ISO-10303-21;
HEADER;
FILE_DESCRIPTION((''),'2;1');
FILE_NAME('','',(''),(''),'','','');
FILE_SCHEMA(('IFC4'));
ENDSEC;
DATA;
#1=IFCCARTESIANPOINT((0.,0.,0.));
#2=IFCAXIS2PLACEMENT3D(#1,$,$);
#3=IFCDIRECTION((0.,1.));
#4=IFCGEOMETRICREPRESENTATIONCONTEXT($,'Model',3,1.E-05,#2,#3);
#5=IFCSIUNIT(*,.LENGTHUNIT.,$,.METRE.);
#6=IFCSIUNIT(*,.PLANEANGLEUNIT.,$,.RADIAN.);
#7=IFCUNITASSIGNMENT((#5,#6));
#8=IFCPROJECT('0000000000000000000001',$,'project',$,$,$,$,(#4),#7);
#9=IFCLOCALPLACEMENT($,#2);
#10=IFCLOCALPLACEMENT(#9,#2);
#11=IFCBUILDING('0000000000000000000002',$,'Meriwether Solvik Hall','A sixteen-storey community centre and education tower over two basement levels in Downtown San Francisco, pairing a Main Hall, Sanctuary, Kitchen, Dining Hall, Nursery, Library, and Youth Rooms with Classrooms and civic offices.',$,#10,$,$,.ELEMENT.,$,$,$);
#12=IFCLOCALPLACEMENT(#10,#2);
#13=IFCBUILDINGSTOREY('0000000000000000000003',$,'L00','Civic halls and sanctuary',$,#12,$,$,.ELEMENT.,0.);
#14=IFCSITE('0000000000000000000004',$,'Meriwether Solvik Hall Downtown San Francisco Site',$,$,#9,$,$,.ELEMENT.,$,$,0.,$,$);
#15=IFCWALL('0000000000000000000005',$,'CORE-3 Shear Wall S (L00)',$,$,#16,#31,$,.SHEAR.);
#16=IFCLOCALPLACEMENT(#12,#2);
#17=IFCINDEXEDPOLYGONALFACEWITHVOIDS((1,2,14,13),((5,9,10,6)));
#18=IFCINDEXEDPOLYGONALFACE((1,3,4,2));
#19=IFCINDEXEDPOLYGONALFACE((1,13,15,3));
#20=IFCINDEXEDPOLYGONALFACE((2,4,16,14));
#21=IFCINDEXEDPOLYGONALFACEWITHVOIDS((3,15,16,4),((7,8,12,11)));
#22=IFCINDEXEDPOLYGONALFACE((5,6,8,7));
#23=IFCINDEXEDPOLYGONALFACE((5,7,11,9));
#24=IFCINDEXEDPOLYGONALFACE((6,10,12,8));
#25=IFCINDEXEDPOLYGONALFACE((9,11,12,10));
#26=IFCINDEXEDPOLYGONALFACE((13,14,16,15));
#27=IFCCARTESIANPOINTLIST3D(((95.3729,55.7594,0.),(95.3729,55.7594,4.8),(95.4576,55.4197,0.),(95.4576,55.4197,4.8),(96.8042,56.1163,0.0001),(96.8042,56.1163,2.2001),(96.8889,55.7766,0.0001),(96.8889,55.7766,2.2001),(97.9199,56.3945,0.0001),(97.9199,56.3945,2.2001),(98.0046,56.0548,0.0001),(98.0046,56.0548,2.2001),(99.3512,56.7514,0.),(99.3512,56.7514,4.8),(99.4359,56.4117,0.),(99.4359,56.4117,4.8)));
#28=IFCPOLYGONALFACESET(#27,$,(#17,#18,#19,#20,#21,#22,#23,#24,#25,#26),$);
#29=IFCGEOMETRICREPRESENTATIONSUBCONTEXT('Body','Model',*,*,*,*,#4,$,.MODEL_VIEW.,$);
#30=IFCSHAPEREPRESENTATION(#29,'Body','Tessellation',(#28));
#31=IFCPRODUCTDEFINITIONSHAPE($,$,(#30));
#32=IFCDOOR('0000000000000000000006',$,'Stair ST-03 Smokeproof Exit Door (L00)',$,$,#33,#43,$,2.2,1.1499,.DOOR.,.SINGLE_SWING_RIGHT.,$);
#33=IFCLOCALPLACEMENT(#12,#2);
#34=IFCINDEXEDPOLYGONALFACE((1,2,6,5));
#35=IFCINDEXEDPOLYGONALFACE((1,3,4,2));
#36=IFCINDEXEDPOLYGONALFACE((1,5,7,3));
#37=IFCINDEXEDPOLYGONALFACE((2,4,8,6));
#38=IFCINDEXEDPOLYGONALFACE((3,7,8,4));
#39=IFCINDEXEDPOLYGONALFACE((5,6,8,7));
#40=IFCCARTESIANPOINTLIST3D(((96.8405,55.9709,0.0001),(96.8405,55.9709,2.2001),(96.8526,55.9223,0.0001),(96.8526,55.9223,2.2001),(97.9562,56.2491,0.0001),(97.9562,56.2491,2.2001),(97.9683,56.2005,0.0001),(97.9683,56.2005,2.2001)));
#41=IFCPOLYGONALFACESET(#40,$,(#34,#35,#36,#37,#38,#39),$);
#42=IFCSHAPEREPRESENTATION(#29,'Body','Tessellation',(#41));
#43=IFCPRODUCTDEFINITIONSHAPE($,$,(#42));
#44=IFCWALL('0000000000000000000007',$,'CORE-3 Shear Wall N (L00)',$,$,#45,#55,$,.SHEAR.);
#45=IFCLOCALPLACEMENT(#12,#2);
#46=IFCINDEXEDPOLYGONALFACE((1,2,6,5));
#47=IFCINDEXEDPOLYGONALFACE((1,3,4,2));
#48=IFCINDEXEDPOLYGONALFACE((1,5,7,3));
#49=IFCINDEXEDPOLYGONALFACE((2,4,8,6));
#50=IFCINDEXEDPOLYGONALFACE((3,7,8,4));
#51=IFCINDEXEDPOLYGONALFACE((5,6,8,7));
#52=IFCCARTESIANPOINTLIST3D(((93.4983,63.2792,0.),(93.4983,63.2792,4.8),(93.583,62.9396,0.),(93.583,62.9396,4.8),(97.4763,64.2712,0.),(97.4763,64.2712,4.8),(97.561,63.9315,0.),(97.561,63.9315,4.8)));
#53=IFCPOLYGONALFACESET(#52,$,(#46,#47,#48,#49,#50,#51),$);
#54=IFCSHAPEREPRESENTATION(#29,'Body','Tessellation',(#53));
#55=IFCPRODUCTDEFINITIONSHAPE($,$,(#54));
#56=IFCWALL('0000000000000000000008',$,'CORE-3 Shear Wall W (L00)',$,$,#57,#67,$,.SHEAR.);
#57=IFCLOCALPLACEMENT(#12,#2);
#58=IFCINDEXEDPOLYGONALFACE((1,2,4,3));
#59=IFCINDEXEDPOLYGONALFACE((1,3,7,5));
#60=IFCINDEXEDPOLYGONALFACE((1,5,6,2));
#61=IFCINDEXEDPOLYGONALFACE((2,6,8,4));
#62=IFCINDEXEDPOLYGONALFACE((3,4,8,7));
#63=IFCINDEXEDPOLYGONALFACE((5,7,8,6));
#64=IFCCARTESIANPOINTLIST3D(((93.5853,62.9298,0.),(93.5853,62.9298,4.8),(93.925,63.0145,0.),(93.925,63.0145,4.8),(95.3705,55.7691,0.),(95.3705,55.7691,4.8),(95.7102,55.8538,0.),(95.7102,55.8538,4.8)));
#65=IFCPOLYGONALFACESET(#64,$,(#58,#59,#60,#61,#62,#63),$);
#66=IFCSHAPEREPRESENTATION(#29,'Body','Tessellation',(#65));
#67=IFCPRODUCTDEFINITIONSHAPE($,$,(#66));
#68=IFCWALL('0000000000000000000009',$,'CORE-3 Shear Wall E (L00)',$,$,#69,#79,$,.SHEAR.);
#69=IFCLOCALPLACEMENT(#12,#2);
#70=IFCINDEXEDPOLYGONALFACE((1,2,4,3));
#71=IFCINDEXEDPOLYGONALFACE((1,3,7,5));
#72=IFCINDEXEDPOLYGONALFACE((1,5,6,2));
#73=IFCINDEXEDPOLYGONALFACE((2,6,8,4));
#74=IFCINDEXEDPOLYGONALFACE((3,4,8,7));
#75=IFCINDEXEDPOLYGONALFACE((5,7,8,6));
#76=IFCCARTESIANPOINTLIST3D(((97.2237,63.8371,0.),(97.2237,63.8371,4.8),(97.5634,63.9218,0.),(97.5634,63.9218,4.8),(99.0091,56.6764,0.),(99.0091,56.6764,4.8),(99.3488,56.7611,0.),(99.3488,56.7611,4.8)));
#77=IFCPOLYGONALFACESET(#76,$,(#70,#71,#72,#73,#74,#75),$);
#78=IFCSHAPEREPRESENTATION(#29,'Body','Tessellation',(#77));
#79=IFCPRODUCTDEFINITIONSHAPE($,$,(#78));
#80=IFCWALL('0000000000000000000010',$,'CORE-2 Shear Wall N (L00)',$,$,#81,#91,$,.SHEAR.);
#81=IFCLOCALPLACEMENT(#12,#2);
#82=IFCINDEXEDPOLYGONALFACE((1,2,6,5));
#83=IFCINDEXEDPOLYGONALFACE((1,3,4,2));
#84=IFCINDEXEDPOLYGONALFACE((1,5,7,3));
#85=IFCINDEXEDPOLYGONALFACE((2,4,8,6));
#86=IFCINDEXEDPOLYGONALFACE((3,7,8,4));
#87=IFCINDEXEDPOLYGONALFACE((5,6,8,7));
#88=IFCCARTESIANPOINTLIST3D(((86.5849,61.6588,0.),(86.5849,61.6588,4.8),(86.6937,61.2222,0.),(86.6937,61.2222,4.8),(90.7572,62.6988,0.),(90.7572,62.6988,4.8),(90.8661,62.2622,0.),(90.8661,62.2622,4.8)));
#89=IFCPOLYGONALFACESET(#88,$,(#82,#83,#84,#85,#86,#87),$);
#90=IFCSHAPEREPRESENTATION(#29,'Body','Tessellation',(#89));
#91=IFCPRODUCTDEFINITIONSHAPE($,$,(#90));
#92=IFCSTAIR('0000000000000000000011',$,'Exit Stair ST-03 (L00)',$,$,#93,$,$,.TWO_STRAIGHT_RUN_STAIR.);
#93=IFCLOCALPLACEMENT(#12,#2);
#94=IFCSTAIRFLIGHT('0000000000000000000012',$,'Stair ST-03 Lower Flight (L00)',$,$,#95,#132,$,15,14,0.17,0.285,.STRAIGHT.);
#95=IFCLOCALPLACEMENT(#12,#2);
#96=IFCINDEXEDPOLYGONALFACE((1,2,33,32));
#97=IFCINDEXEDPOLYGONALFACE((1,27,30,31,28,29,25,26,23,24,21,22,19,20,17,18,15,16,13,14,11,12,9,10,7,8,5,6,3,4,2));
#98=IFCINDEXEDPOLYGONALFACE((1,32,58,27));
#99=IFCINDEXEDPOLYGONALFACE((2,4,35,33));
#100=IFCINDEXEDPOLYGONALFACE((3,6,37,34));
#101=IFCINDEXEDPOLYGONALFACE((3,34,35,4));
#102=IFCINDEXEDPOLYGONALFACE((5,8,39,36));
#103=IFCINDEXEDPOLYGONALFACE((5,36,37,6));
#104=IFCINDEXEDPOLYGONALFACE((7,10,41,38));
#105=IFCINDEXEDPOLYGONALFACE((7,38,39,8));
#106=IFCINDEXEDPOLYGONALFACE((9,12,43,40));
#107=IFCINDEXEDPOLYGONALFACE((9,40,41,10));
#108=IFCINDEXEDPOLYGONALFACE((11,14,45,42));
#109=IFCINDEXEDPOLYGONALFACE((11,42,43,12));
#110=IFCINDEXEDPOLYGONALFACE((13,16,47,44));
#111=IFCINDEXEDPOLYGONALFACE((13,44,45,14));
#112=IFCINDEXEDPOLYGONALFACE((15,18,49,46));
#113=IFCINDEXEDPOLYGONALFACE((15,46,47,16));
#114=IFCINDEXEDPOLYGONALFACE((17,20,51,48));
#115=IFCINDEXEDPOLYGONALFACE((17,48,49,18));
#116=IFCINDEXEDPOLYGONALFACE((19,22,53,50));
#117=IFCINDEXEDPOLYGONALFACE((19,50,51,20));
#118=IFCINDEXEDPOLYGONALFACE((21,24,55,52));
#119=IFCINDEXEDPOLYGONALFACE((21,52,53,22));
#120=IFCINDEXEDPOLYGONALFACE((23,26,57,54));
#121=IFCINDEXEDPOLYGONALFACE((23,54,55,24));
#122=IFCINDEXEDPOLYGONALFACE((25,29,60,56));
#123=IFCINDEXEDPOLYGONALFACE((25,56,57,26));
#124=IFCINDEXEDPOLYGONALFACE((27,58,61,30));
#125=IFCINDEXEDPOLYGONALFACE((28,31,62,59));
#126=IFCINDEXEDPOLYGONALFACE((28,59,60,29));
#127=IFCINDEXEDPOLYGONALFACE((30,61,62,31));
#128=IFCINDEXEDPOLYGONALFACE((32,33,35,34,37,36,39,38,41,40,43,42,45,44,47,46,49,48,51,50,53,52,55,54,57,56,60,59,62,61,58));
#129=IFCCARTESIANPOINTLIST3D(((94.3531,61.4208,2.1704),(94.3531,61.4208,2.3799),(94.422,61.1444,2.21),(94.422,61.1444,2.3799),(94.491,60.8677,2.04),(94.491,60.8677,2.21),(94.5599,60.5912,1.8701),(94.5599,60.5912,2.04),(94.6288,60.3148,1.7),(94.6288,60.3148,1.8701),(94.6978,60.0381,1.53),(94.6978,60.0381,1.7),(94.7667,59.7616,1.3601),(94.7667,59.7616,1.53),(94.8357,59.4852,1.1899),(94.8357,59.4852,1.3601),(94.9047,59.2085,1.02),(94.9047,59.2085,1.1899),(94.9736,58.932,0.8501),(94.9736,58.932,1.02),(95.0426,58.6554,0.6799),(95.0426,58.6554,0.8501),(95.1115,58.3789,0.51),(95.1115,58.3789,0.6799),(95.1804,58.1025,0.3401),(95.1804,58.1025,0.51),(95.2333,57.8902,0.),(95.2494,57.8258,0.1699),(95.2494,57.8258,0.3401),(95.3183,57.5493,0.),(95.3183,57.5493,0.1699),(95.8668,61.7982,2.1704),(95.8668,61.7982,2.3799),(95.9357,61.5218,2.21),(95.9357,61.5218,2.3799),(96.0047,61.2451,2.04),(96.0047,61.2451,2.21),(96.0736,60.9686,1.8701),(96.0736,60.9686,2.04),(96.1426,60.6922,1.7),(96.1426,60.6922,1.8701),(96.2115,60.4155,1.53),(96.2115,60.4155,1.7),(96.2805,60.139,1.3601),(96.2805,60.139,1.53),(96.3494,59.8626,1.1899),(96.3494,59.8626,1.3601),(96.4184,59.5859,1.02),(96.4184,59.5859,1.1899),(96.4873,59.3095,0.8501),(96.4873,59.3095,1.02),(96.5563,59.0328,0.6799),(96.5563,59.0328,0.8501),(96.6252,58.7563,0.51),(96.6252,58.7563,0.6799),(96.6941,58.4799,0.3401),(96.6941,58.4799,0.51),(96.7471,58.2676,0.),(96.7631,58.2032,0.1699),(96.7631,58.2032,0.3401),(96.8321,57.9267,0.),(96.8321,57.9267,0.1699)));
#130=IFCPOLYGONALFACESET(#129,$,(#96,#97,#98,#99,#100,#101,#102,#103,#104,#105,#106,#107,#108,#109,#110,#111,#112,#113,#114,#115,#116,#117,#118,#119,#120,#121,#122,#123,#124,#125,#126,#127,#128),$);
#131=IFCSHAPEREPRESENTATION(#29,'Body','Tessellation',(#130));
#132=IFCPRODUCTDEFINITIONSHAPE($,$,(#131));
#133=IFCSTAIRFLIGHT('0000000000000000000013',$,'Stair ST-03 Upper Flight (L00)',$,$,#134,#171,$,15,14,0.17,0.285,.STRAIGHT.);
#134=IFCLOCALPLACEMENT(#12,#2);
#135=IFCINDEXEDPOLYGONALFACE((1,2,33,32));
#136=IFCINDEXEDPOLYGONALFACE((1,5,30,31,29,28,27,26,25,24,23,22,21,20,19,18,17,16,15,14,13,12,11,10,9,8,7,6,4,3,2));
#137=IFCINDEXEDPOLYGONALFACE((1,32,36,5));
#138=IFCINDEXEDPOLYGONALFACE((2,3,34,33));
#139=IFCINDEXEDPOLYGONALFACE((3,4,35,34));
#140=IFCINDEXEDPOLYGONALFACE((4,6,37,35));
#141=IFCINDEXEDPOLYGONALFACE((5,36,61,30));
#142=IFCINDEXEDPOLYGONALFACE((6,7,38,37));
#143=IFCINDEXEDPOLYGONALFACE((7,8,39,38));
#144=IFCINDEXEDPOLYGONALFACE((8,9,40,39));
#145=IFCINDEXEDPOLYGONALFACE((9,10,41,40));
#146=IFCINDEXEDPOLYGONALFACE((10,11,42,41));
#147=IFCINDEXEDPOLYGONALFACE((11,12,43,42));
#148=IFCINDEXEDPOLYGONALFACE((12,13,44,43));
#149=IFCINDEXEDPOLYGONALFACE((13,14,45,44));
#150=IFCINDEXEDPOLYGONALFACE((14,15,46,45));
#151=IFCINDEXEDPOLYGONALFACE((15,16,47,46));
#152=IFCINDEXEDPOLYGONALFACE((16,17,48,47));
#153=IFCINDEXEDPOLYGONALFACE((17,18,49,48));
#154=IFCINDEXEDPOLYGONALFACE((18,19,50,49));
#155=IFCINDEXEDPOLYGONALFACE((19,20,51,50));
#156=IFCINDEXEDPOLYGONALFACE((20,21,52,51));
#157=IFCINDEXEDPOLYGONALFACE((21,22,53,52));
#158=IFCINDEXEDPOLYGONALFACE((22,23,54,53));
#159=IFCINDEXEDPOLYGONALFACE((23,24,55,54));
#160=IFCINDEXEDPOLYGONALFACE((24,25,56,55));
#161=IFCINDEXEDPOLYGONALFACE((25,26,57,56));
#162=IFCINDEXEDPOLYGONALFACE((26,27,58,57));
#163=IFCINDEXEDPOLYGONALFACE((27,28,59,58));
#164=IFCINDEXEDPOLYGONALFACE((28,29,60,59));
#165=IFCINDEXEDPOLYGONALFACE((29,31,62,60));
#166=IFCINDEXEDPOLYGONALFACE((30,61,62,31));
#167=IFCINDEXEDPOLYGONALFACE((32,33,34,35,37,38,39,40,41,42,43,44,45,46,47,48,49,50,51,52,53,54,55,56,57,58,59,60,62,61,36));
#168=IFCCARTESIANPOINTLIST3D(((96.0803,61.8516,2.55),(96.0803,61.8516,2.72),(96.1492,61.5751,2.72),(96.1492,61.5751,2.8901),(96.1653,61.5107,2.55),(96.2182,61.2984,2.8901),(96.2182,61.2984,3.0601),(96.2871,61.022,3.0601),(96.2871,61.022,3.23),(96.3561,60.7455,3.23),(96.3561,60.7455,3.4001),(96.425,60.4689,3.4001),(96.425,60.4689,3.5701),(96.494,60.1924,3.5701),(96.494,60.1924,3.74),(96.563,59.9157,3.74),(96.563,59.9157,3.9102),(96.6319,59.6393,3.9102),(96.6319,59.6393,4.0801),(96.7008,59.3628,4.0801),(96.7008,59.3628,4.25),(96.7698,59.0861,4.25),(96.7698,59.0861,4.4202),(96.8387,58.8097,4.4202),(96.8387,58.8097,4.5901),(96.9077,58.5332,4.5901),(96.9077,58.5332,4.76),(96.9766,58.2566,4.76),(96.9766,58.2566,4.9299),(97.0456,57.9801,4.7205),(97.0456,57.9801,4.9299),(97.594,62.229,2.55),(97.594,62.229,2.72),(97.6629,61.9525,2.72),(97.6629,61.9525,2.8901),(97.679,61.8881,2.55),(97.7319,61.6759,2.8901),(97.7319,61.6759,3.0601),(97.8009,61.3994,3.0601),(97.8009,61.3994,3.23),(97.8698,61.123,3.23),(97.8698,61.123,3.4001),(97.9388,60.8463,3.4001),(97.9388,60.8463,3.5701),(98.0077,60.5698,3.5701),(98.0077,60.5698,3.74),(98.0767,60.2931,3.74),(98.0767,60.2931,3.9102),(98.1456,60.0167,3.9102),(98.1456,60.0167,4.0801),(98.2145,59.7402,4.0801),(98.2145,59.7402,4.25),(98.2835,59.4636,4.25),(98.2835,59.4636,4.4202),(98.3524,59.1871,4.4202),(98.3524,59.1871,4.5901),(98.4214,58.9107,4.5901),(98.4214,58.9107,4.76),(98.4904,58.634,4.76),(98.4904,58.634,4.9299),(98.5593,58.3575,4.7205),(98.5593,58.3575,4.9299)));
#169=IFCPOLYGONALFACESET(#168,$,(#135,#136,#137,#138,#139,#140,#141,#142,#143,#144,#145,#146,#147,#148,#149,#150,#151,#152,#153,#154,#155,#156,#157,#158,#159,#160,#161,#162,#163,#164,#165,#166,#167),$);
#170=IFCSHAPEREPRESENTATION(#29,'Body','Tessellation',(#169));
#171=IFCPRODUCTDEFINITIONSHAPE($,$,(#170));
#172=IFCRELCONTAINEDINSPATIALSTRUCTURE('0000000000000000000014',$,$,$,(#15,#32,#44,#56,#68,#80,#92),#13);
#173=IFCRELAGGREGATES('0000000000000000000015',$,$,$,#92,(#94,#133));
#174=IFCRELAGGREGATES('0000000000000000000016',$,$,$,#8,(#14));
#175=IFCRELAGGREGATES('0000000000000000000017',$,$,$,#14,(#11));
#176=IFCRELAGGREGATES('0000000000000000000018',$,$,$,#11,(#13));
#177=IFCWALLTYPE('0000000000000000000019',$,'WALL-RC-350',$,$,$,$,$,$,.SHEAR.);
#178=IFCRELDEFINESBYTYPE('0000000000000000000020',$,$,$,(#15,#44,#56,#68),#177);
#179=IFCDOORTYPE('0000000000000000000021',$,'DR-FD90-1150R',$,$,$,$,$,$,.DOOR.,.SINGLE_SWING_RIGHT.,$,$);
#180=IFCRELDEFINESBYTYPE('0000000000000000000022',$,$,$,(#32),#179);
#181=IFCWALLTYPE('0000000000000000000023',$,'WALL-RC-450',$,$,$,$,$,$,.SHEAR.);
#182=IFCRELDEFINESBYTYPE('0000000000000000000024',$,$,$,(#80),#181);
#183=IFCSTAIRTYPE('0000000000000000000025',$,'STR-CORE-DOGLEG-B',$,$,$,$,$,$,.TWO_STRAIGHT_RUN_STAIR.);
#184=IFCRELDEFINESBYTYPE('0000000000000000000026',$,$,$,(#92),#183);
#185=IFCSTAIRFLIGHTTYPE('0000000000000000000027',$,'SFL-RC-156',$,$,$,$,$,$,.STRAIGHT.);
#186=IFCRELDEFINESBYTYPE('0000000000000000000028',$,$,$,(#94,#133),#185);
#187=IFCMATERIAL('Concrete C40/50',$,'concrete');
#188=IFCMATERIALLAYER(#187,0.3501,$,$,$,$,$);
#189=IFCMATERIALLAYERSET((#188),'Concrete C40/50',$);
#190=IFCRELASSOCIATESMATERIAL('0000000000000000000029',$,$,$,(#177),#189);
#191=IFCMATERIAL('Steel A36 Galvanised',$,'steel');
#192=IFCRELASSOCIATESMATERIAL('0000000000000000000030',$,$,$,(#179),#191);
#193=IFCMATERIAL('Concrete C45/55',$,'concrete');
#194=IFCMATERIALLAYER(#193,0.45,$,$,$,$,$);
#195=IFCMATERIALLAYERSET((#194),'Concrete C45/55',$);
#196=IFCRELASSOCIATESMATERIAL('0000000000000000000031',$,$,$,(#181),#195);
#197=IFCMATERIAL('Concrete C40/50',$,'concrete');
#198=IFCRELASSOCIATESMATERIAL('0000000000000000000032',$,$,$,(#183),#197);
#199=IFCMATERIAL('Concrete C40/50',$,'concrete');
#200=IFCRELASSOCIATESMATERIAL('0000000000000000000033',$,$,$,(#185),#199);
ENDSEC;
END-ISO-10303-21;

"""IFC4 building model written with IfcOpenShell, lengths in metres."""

from ifc_helpers import new_model, si_unit, direction, frame, frame_2d, origin, place, context, subcontext, project, spatial, polyline, rectangle, outline, extrude, material, layer, layer_set, type_object, element, fill, aggregate, save


model = new_model("IFC4")

# Units and contexts
model_context = context("Model", 3, precision=1e-05, world=origin(), true_north=direction((0.0, 1.0)))
body_context = subcontext(model_context, "Body", "Model", "MODEL_VIEW")
ifc_project = project(units=[si_unit("LENGTHUNIT", "METRE"), si_unit("PLANEANGLEUNIT", "RADIAN")], contexts=[model_context])

# Site, building, storey
site_placement = place(None, origin())
site = spatial("IfcSite", under=ifc_project, at=site_placement, Name="Meriwether Solvik Hall Downtown San Francisco Site", CompositionType="ELEMENT", RefElevation=0.0)
building_placement = place(site_placement, origin())
building = spatial("IfcBuilding", under=site, at=building_placement, Name="Meriwether Solvik Hall", Description="A sixteen-storey community centre and education tower over two basement levels in Downtown San Francisco, pairing a Main Hall, Sanctuary, Kitchen, Dining Hall, Nursery, Library, and Youth Rooms with Classrooms and civic offices.", CompositionType="ELEMENT")
storey_placement = place(building_placement, origin())
storey = spatial("IfcBuildingStorey", under=building, at=storey_placement, Name="L00", Description="Civic halls and sanctuary", CompositionType="ELEMENT", Elevation=0.0)

# Wall, opening, door
ifc_material_1 = material(Name="Concrete C40/50", Category="concrete")
ifc_layer_1 = layer(ifc_material_1, 0.3501)
ifc_layer_set_1 = layer_set([ifc_layer_1], Name="Concrete C40/50")
wall_type_1 = type_object("IfcWallType", Name="WALL-RC-350", PredefinedType="SHEAR", material=ifc_layer_set_1)
wall_1_placement = place(storey_placement, frame((99.3936, 56.5815, 0.0), z_axis=(0.0, 0.0, 1.0), x_axis=(-0.970293, -0.241933, 0.0)))
wall_1 = element("IfcWall", 1, at=wall_1_placement, inside=storey, type_object=wall_type_1, Name="CORE-3 Shear Wall S (L00)", PredefinedType="SHEAR", context=body_context, shape_type="SweptSolid", body=[
    extrude(rectangle(XDim=4.1001, YDim=0.3501, at=frame_2d((2.05, 0.0))), origin(), (0.0, 0.0, 1.0), 4.8),
])
opening_1_placement = place(wall_1_placement, frame((1.4751, 0.0, 0.0)))
opening_1 = element("IfcOpeningElement", 2, at=opening_1_placement, cuts=wall_1, PredefinedType="OPENING", context=body_context, shape_type="SweptSolid", body=[
    extrude(rectangle(XDim=1.1499, YDim=2.2, at=frame_2d((0.575, 1.1001))), frame((0.0, 0.187, 0.0), z_axis=(0.0, -1.0, 0.0), x_axis=(1.0, 0.0, 0.0)), (0.0, 0.0, 1.0), 0.374),
])
ifc_material_2 = material(Name="Steel A36 Galvanised", Category="steel")
door_type_1 = type_object("IfcDoorType", Name="DR-FD90-1150R", OperationType="SINGLE_SWING_RIGHT", PredefinedType="DOOR", material=ifc_material_2)
door_1_placement = place(opening_1_placement, origin())
door_1 = element("IfcDoor", 3, at=door_1_placement, inside=storey, type_object=door_type_1, Name="Stair ST-03 Smokeproof Exit Door (L00)", OperationType="SINGLE_SWING_RIGHT", OverallHeight=2.2, OverallWidth=1.1499, PredefinedType="DOOR", context=body_context, shape_type="SweptSolid", body=[
    extrude(rectangle(XDim=1.1499, YDim=2.2, at=frame_2d((0.575, 1.1001))), frame((0.0, 0.0249, 0.0), z_axis=(0.0, -1.0, 0.0), x_axis=(1.0, 0.0, 0.0)), (0.0, 0.0, 1.0), 0.05),
])
fill(opening_1, door_1)

# Walls
wall_2_placement = place(storey_placement, frame((97.5186, 64.1013, 0.0), z_axis=(0.0, 0.0, 1.0), x_axis=(-0.970289, -0.241947, 0.0)))
element("IfcWall", 4, at=wall_2_placement, inside=storey, type_object=wall_type_1, Name="CORE-3 Shear Wall N (L00)", PredefinedType="SHEAR", context=body_context, shape_type="SweptSolid", body=[
    extrude(rectangle(XDim=4.0999, YDim=0.3501, at=frame_2d((2.0498, 0.0))), origin(), (0.0, 0.0, 1.0), 4.8),
])
for number, where, z_axis, x_axis, name in (
    (5, (93.7551, 62.9722, 0.0), (0.0, 0.0, 1.0), (0.241897, -0.970302, 0.0), "CORE-3 Shear Wall W (L00)"),
    (6, (99.179, 56.7188, 0.0), (0.0, 0.0, 1.0), (-0.241928, 0.970294, 0.0), "CORE-3 Shear Wall E (L00)"),
):
    element("IfcWall", number, at=place(storey_placement, frame(where, z_axis=z_axis, x_axis=x_axis)), inside=storey, type_object=wall_type_1, Name=name, PredefinedType="SHEAR", context=body_context, shape_type="SweptSolid", body=[
        extrude(rectangle(XDim=7.3799, YDim=0.3501, at=frame_2d((3.6899, 0.0))), origin(), (0.0, 0.0, 1.0), 4.8),
    ])
ifc_material_3 = material(Name="Concrete C45/55", Category="concrete")
ifc_layer_2 = layer(ifc_material_3, 0.45)
ifc_layer_set_2 = layer_set([ifc_layer_2], Name="Concrete C45/55")
wall_type_2 = type_object("IfcWallType", Name="WALL-RC-450", PredefinedType="SHEAR", material=ifc_layer_set_2)
wall_3_placement = place(storey_placement, frame((90.8115, 62.4805, 0.0), z_axis=(0.0, 0.0, 1.0), x_axis=(-0.970309, -0.241868, 0.0)))
element("IfcWall", 7, at=wall_3_placement, inside=storey, type_object=wall_type_2, Name="CORE-2 Shear Wall N (L00)", PredefinedType="SHEAR", context=body_context, shape_type="SweptSolid", body=[
    extrude(rectangle(XDim=4.3, YDim=0.45, at=frame_2d((2.1499, 0.0))), origin(), (0.0, 0.0, 1.0), 4.8),
])

# Stair, stair flights
ifc_material_4 = material(Name="Concrete C40/50", Category="concrete")
stair_type = type_object("IfcStairType", Name="STR-CORE-DOGLEG-B", PredefinedType="TWO_STRAIGHT_RUN_STAIR", material=ifc_material_4)
stair_placement = place(storey_placement, origin())
stair = element("IfcStair", 8, at=stair_placement, inside=storey, type_object=stair_type, Name="Exit Stair ST-03 (L00)", PredefinedType="TWO_STRAIGHT_RUN_STAIR")
ifc_material_5 = material(Name="Concrete C40/50", Category="concrete")
stair_flight_type = type_object("IfcStairFlightType", Name="SFL-RC-156", PredefinedType="STRAIGHT", material=ifc_material_5)
stair_flight_1_placement = place(storey_placement, frame((96.0752, 57.738, 0.0), z_axis=(0.0, 0.0, 1.0), x_axis=(-0.241922, 0.970296, 0.0)))
stair_flight_1 = element("IfcStairFlight", 9, at=stair_flight_1_placement, type_object=stair_flight_type, Name="Stair ST-03 Lower Flight (L00)", NumberOfRisers=15, NumberOfTreads=14, PredefinedType="STRAIGHT", RiserHeight=0.17, TreadLength=0.285, context=body_context, shape_type="SweptSolid", body=[
    extrude(outline(polyline([(0.0, 0.0), (0.0, 0.1699), (0.2849, 0.1699), (0.2849, 0.3401), (0.5701, 0.3401), (0.5701, 0.51), (0.855, 0.51), (0.855, 0.6799), (1.1399, 0.6799), (1.1399, 0.8501), (1.425, 0.8501), (1.425, 1.02), (1.71, 1.02), (1.71, 1.1899), (1.9951, 1.1899), (1.9951, 1.3601), (2.28, 1.3601), (2.28, 1.53), (2.5649, 1.53), (2.5649, 1.7), (2.8501, 1.7), (2.8501, 1.8701), (3.135, 1.8701), (3.135, 2.04), (3.4199, 2.04), (3.4199, 2.21), (3.7051, 2.21), (3.7051, 2.3799), (3.99, 2.3799), (3.99, 2.55), (3.99, 2.1704), (0.3513, 0.0), (0.0, 0.0)])), frame((0.0, 0.78, 0.0), z_axis=(0.0, -1.0, 0.0), x_axis=(1.0, 0.0, 0.0)), (0.0, 0.0, 1.0), 1.5601),
])
stair_flight_2_placement = place(storey_placement, frame((96.8372, 62.0403, 2.55), z_axis=(0.0, 0.0, 1.0), x_axis=(0.241922, -0.970296, 0.0)))
stair_flight_2 = element("IfcStairFlight", 10, at=stair_flight_2_placement, type_object=stair_flight_type, Name="Stair ST-03 Upper Flight (L00)", NumberOfRisers=15, NumberOfTreads=14, PredefinedType="STRAIGHT", RiserHeight=0.17, TreadLength=0.285, context=body_context, shape_type="SweptSolid", body=[
    extrude(outline(polyline([(0.0, 0.0), (0.0, 0.1699), (0.2849, 0.1699), (0.2849, 0.3401), (0.5701, 0.3401), (0.5701, 0.51), (0.855, 0.51), (0.855, 0.6799), (1.1399, 0.6799), (1.1399, 0.8501), (1.425, 0.8501), (1.425, 1.02), (1.71, 1.02), (1.71, 1.1899), (1.9951, 1.1899), (1.9951, 1.3601), (2.28, 1.3601), (2.28, 1.53), (2.5649, 1.53), (2.5649, 1.7), (2.8501, 1.7), (2.8501, 1.8701), (3.135, 1.8701), (3.135, 2.04), (3.4199, 2.04), (3.4199, 2.21), (3.7051, 2.21), (3.7051, 2.3799), (3.99, 2.3799), (3.99, 2.55), (3.99, 2.1704), (0.3513, 0.0), (0.0, 0.0)])), frame((0.0, 0.78, 0.0), z_axis=(0.0, -1.0, 0.0), x_axis=(1.0, 0.0, 0.0)), (0.0, 0.0, 1.0), 1.5601),
])
aggregate(stair, [stair_flight_1, stair_flight_2])

save(model, "model.ifc")
